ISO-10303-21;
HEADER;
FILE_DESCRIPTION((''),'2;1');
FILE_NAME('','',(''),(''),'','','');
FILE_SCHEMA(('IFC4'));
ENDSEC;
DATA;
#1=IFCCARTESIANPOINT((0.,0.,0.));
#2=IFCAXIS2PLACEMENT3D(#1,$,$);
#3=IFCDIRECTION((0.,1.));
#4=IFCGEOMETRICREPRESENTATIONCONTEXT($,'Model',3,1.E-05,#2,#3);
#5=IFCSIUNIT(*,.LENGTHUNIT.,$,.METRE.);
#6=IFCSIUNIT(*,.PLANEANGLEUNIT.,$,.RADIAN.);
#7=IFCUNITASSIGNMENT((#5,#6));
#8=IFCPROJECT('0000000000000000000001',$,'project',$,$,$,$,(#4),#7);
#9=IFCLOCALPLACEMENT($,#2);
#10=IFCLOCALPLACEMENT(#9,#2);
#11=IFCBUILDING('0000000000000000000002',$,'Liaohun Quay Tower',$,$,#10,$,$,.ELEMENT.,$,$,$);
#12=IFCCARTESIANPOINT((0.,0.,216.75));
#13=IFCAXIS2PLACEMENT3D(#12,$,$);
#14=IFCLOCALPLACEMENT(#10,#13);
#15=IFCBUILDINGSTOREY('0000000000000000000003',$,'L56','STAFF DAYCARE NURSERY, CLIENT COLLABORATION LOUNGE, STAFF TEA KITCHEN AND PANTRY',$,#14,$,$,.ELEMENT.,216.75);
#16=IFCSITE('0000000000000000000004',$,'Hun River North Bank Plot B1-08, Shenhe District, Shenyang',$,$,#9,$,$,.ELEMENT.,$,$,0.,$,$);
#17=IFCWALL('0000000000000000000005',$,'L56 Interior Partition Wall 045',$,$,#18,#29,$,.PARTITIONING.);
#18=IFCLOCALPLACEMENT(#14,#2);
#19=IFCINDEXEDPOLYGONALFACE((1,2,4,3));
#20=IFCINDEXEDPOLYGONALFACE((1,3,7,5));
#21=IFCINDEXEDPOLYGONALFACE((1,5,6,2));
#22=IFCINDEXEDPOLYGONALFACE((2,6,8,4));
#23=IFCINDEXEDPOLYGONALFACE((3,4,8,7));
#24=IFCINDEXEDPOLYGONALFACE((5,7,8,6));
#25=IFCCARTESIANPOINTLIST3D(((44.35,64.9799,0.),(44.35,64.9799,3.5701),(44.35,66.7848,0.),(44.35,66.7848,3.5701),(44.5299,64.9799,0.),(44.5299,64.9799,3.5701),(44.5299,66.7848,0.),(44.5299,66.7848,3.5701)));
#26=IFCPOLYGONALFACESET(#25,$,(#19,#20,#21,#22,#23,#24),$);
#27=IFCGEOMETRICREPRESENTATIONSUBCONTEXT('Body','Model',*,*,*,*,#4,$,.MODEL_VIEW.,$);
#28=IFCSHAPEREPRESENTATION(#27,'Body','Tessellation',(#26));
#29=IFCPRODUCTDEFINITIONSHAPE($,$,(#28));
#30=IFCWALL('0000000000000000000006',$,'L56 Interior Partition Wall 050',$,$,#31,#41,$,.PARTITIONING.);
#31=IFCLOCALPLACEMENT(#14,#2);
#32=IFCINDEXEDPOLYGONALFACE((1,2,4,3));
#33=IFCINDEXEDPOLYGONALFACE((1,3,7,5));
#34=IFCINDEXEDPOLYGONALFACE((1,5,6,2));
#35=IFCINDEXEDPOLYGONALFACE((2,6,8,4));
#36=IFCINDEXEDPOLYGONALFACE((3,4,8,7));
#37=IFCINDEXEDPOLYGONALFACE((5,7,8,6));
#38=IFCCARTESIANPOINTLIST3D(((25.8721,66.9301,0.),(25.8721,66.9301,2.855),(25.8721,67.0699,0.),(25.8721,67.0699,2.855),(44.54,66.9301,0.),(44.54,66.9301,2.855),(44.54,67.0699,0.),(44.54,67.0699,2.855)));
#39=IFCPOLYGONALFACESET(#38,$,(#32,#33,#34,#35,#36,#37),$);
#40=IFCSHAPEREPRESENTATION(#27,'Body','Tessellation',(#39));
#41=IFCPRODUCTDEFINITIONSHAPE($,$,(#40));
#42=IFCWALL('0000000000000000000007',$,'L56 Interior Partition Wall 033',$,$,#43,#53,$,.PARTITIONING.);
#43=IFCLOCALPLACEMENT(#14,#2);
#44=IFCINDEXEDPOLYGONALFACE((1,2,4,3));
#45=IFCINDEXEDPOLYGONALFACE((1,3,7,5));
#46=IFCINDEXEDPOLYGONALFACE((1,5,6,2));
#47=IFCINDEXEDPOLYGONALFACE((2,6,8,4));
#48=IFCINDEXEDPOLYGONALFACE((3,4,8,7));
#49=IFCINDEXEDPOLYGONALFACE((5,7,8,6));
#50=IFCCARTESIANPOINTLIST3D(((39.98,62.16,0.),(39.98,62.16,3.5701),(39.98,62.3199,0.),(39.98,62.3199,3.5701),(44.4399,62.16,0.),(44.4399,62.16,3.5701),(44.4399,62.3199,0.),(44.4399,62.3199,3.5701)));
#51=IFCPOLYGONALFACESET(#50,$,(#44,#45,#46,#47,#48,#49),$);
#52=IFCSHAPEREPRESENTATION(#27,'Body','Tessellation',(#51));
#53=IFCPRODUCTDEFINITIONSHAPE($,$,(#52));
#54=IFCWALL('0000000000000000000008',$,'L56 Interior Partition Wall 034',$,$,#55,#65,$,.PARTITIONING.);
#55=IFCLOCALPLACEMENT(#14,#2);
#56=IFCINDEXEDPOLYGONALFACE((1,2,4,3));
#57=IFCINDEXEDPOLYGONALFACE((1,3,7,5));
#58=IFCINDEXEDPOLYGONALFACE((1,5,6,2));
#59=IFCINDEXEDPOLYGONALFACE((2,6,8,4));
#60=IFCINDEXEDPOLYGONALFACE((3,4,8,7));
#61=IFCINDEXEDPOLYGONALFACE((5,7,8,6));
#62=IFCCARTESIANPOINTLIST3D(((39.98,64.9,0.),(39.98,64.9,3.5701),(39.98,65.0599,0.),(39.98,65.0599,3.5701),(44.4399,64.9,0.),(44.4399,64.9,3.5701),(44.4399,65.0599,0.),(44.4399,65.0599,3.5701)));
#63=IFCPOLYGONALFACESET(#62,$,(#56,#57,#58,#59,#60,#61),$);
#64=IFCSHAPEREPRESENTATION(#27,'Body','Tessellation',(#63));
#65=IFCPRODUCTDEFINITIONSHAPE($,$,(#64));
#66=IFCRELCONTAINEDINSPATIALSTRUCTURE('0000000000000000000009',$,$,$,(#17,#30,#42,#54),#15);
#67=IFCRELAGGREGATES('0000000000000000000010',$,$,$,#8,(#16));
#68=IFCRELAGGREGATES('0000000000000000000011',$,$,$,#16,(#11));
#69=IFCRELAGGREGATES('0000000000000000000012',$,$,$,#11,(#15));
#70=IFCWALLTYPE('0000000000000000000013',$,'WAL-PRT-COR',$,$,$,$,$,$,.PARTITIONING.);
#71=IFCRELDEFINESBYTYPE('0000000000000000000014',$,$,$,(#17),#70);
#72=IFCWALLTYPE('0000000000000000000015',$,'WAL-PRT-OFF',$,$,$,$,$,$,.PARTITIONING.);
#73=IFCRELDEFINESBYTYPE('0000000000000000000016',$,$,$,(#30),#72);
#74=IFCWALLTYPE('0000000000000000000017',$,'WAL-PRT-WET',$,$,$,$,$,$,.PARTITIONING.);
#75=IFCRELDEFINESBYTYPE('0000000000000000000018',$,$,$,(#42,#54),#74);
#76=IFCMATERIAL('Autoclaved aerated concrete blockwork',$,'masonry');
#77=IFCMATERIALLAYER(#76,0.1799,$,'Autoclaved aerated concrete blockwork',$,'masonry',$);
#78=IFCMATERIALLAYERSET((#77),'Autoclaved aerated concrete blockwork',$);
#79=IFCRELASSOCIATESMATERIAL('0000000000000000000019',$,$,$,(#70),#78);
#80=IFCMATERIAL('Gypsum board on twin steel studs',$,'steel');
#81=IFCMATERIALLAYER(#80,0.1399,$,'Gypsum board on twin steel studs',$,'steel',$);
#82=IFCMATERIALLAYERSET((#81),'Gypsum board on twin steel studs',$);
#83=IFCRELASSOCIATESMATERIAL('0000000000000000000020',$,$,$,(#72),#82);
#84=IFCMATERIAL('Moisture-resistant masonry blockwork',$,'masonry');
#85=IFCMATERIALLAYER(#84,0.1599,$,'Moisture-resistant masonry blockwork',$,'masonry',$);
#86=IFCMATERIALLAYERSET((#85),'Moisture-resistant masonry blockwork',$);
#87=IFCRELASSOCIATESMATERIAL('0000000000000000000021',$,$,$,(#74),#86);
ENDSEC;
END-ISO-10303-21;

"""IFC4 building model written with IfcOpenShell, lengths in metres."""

from ifc_helpers import new_model, si_unit, direction, frame, frame_2d, origin, place, context, subcontext, project, spatial, rectangle, extrude, material, layer, layer_set, type_object, element, save


model = new_model("IFC4")

# Units and contexts
model_context = context("Model", 3, precision=1e-05, world=origin(), true_north=direction((0.0, 1.0)))
body_context = subcontext(model_context, "Body", "Model", "MODEL_VIEW")
ifc_project = project(units=[si_unit("LENGTHUNIT", "METRE"), si_unit("PLANEANGLEUNIT", "RADIAN")], contexts=[model_context])

# Site, building, storey
site_placement = place(None, origin())
site = spatial("IfcSite", under=ifc_project, at=site_placement, Name="Hun River North Bank Plot B1-08, Shenhe District, Shenyang", CompositionType="ELEMENT", RefElevation=0.0)
building_placement = place(site_placement, origin())
building = spatial("IfcBuilding", under=site, at=building_placement, Name="Liaohun Quay Tower", CompositionType="ELEMENT")
storey_placement = place(building_placement, frame((0.0, 0.0, 216.75)))
storey = spatial("IfcBuildingStorey", under=building, at=storey_placement, Name="L56", Description="STAFF DAYCARE NURSERY, CLIENT COLLABORATION LOUNGE, STAFF TEA KITCHEN AND PANTRY", CompositionType="ELEMENT", Elevation=216.75)

# Shared definitions
ifc_material_1 = material(Name="Autoclaved aerated concrete blockwork", Category="masonry")
ifc_layer_1 = layer(ifc_material_1, 0.1799, Name="Autoclaved aerated concrete blockwork", Category="masonry")
ifc_layer_set_1 = layer_set([ifc_layer_1], Name="Autoclaved aerated concrete blockwork")
wall_type_1 = type_object("IfcWallType", Name="WAL-PRT-COR", PredefinedType="PARTITIONING", material=ifc_layer_set_1)

# Walls
wall_1_placement = place(storey_placement, frame((44.4399, 64.98, 0.0), z_axis=(0.0, 0.0, 1.0), x_axis=(0.0, 1.0, 0.0)))
element("IfcWall", 1, at=wall_1_placement, inside=storey, type_object=wall_type_1, Name="L56 Interior Partition Wall 045", PredefinedType="PARTITIONING", context=body_context, shape_type="SweptSolid", body=[
    extrude(rectangle(XDim=1.8049, YDim=0.1799, at=frame_2d((0.9023, 0.0))), origin(), (0.0, 0.0, 1.0), 3.5701),
])
ifc_material_2 = material(Name="Gypsum board on twin steel studs", Category="steel")
ifc_layer_2 = layer(ifc_material_2, 0.1399, Name="Gypsum board on twin steel studs", Category="steel")
ifc_layer_set_2 = layer_set([ifc_layer_2], Name="Gypsum board on twin steel studs")
wall_type_2 = type_object("IfcWallType", Name="WAL-PRT-OFF", PredefinedType="PARTITIONING", material=ifc_layer_set_2)
wall_2_placement = place(storey_placement, frame((44.54, 67.0, 0.0), z_axis=(0.0, 0.0, 1.0), x_axis=(-1.0, 0.0, 0.0)))
element("IfcWall", 2, at=wall_2_placement, inside=storey, type_object=wall_type_2, Name="L56 Interior Partition Wall 050", PredefinedType="PARTITIONING", context=body_context, shape_type="SweptSolid", body=[
    extrude(rectangle(XDim=18.668, YDim=0.1399, at=frame_2d((9.334, 0.0))), origin(), (0.0, 0.0, 1.0), 2.855),
])

# Shared definitions
ifc_material_3 = material(Name="Moisture-resistant masonry blockwork", Category="masonry")
ifc_layer_3 = layer(ifc_material_3, 0.1599, Name="Moisture-resistant masonry blockwork", Category="masonry")
ifc_layer_set_3 = layer_set([ifc_layer_3], Name="Moisture-resistant masonry blockwork")
wall_type_3 = type_object("IfcWallType", Name="WAL-PRT-WET", PredefinedType="PARTITIONING", material=ifc_layer_set_3)

# Walls
for number, where, z_axis, x_axis, name in (
    (3, (39.98, 62.24, 0.0), (0.0, 0.0, 1.0), (1.0, 0.0, 0.0), "L56 Interior Partition Wall 033"),
    (4, (39.98, 64.98, 0.0), (0.0, 0.0, 1.0), (1.0, 0.0, 0.0), "L56 Interior Partition Wall 034"),
):
    element("IfcWall", number, at=place(storey_placement, frame(where, z_axis=z_axis, x_axis=x_axis)), inside=storey, type_object=wall_type_3, Name=name, PredefinedType="PARTITIONING", context=body_context, shape_type="SweptSolid", body=[
        extrude(rectangle(XDim=4.46, YDim=0.1599, at=frame_2d((2.23, 0.0))), origin(), (0.0, 0.0, 1.0), 3.5701),
    ])

save(model, "model.ifc")
